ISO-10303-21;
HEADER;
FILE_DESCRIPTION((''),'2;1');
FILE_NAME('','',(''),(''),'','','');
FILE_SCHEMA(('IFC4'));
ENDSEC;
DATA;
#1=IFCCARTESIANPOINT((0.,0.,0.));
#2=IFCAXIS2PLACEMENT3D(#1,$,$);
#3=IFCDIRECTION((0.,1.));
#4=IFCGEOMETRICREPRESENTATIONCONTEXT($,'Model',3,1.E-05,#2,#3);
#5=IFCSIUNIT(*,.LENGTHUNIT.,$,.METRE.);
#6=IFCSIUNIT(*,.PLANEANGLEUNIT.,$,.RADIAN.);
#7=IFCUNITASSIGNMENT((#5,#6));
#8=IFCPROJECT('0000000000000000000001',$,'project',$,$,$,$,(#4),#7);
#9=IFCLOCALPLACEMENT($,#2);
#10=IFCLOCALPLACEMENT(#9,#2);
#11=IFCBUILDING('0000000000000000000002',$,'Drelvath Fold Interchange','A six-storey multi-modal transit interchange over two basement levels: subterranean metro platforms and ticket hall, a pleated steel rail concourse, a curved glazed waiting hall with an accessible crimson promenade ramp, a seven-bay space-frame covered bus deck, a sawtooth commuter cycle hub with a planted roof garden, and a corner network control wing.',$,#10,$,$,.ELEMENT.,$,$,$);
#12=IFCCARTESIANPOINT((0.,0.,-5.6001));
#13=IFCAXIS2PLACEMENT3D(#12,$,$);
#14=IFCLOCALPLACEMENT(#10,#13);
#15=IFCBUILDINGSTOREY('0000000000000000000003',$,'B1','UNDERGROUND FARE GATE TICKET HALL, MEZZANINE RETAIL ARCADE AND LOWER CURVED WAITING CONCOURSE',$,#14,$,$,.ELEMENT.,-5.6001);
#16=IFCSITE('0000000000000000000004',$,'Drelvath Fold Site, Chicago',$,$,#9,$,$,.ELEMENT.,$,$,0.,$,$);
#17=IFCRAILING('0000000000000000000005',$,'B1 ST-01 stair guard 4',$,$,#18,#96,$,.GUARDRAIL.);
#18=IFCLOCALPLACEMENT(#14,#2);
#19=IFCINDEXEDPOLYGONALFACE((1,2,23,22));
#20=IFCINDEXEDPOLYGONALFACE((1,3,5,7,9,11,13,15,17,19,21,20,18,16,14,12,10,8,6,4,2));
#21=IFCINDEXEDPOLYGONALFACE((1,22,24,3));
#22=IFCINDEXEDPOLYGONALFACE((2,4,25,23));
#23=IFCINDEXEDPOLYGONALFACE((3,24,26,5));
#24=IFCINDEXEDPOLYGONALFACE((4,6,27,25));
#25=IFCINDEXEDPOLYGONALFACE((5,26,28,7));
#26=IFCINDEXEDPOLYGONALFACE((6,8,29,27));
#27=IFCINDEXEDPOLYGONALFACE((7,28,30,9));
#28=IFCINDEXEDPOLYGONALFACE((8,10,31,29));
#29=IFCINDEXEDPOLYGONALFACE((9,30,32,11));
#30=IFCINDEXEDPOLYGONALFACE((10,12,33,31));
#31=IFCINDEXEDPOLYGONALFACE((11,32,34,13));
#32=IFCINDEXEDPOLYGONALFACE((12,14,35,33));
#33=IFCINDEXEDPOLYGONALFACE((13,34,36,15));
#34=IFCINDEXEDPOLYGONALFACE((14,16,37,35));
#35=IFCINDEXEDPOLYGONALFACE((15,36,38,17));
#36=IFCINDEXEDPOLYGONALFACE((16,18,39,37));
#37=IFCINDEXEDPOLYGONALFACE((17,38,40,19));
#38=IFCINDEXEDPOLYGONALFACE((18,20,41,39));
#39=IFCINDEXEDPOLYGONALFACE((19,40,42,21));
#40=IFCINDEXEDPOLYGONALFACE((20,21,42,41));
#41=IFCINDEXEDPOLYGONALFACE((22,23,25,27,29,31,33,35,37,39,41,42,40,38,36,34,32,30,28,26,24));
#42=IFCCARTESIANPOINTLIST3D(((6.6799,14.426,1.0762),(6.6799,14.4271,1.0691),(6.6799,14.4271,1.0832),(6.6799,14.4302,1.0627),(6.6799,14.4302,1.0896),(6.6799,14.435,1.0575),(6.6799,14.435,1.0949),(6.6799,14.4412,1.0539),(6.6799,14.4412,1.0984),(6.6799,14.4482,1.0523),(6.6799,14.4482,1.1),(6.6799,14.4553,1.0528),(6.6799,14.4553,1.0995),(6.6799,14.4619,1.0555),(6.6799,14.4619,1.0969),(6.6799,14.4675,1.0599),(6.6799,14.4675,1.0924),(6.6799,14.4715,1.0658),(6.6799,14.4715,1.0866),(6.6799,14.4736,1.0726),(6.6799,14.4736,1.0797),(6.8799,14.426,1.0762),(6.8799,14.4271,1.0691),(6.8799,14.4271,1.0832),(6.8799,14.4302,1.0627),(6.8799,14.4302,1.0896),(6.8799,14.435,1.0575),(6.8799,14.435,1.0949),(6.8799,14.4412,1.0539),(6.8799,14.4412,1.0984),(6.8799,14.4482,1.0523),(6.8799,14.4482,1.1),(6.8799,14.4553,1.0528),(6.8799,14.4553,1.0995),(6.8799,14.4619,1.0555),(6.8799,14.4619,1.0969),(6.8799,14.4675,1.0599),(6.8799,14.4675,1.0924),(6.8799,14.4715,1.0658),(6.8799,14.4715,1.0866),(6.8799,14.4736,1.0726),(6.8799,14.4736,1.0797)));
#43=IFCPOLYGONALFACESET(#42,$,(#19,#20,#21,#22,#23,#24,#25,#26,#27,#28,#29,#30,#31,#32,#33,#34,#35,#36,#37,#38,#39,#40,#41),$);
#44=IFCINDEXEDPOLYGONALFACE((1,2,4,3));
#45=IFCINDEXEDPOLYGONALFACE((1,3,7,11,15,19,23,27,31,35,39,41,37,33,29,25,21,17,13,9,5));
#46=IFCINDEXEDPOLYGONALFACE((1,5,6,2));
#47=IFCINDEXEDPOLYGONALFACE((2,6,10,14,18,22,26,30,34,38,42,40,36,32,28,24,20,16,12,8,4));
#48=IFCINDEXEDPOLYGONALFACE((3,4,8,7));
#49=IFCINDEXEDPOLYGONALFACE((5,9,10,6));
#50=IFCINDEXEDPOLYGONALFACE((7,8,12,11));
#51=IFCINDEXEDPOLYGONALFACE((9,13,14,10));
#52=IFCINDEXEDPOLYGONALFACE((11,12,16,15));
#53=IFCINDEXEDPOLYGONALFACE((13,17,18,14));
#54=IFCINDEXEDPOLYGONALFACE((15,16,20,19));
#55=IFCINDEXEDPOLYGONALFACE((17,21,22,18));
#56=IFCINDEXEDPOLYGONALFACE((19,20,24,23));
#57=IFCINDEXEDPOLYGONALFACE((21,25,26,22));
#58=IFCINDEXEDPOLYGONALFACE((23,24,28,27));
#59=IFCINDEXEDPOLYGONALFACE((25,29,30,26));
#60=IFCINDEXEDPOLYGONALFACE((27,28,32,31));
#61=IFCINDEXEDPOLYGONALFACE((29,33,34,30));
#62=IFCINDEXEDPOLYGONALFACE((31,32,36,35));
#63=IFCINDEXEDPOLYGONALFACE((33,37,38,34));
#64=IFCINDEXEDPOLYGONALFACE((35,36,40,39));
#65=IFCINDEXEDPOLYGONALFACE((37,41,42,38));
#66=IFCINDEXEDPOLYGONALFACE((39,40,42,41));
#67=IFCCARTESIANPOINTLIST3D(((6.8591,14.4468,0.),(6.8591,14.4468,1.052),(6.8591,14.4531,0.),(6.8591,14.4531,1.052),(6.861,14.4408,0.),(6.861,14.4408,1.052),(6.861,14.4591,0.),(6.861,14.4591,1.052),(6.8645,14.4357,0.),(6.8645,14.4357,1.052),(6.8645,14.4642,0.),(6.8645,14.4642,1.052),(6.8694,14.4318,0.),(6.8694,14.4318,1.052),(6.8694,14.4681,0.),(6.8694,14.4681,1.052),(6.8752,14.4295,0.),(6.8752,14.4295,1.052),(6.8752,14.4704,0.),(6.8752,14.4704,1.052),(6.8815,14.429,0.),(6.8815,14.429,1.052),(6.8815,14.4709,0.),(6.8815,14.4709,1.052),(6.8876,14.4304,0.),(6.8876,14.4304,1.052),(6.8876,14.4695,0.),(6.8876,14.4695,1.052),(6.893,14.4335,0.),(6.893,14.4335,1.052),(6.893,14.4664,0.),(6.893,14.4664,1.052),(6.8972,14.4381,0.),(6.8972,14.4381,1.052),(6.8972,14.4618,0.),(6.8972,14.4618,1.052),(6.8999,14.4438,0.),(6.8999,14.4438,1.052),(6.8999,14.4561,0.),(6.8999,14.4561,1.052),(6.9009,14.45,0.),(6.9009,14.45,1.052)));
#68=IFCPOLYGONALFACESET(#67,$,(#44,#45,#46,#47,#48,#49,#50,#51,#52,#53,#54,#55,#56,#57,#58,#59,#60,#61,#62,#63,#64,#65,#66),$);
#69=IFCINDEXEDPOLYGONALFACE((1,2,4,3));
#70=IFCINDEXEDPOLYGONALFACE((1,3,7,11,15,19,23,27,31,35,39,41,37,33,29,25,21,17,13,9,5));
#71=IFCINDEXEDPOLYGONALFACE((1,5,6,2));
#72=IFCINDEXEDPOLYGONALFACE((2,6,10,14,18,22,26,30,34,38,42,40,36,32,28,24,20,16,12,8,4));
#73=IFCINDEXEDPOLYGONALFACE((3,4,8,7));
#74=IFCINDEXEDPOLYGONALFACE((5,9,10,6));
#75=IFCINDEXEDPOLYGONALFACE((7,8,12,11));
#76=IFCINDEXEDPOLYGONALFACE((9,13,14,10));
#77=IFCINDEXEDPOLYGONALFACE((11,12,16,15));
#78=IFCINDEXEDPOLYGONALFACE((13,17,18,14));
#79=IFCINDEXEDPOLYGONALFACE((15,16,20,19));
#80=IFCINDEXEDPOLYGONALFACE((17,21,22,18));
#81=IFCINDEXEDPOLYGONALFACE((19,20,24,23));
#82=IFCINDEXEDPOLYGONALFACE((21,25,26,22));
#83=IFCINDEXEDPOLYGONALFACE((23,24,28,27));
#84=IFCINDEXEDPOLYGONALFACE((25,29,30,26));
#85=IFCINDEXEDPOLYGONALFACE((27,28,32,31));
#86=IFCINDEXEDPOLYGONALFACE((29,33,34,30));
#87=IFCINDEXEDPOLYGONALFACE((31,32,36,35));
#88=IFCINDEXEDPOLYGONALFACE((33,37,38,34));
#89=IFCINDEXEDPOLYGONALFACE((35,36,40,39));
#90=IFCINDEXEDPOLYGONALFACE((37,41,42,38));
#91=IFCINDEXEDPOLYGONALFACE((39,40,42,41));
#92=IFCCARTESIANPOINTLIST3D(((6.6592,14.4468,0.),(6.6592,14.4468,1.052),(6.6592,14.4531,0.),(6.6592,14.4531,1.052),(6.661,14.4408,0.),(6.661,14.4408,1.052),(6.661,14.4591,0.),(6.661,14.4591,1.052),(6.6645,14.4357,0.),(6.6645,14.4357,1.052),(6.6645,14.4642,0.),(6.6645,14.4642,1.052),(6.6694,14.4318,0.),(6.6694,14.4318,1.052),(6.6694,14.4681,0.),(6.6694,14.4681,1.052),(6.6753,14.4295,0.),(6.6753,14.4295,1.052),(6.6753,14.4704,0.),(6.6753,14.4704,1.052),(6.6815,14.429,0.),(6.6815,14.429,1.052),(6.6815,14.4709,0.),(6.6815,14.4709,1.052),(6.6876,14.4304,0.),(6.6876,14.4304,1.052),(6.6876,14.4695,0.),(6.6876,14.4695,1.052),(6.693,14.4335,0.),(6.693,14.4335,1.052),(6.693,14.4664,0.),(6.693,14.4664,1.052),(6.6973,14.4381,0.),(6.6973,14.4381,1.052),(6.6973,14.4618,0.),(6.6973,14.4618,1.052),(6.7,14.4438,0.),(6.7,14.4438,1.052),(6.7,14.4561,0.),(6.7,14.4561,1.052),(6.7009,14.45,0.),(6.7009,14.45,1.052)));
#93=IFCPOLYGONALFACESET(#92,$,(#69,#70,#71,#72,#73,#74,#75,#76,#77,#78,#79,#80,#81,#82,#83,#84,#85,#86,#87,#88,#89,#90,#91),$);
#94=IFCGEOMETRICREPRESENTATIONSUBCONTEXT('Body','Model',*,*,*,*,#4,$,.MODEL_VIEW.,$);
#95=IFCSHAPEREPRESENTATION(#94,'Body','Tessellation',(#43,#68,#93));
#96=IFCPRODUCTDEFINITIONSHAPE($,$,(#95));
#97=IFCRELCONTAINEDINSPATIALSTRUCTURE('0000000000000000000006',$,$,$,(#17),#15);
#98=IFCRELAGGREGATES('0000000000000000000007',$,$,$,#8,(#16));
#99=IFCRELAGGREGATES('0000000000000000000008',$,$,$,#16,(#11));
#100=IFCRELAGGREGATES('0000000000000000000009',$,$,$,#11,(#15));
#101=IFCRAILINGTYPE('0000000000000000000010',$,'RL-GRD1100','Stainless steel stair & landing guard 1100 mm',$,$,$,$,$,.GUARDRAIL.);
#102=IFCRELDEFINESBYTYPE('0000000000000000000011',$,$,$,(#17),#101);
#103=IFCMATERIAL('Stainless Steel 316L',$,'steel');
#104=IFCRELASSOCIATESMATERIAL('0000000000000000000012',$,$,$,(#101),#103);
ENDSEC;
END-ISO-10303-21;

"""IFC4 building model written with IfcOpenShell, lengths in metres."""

from ifc_helpers import new_model, si_unit, direction, frame, origin, origin_2d, place, context, subcontext, project, spatial, circle, extrude, material, type_object, element, save


model = new_model("IFC4")

# Units and contexts
model_context = context("Model", 3, precision=1e-05, world=origin(), true_north=direction((0.0, 1.0)))
body_context = subcontext(model_context, "Body", "Model", "MODEL_VIEW")
ifc_project = project(units=[si_unit("LENGTHUNIT", "METRE"), si_unit("PLANEANGLEUNIT", "RADIAN")], contexts=[model_context])

# Site, building, storey
site_placement = place(None, origin())
site = spatial("IfcSite", under=ifc_project, at=site_placement, Name="Drelvath Fold Site, Chicago", CompositionType="ELEMENT", RefElevation=0.0)
building_placement = place(site_placement, origin())
building = spatial("IfcBuilding", under=site, at=building_placement, Name="Drelvath Fold Interchange", Description="A six-storey multi-modal transit interchange over two basement levels: subterranean metro platforms and ticket hall, a pleated steel rail concourse, a curved glazed waiting hall with an accessible crimson promenade ramp, a seven-bay space-frame covered bus deck, a sawtooth commuter cycle hub with a planted roof garden, and a corner network control wing.", CompositionType="ELEMENT")
storey_placement = place(building_placement, frame((0.0, 0.0, -5.6001)))
storey = spatial("IfcBuildingStorey", under=building, at=storey_placement, Name="B1", Description="UNDERGROUND FARE GATE TICKET HALL, MEZZANINE RETAIL ARCADE AND LOWER CURVED WAITING CONCOURSE", CompositionType="ELEMENT", Elevation=-5.6001)

# Railing
ifc_material_1 = material(Name="Stainless Steel 316L", Category="steel")
railing_type_1 = type_object("IfcRailingType", Name="RL-GRD1100", Description="Stainless steel stair & landing guard 1100 mm", PredefinedType="GUARDRAIL", material=ifc_material_1)
railing_1_placement = place(storey_placement, frame((6.8799, 14.45, 0.0)))
element("IfcRailing", 1, at=railing_1_placement, inside=storey, type_object=railing_type_1, Name="B1 ST-01 stair guard 4", PredefinedType="GUARDRAIL", context=body_context, shape_type="SweptSolid", body=[
    extrude(circle(Radius=0.0239, at=origin_2d()), frame((0.0, 0.0, 1.0762), z_axis=(-1.0, 0.0, 0.0), x_axis=(0.0, -1.0, 0.0)), (0.0, 0.0, 1.0), 0.2),
    extrude(circle(Radius=0.021, at=origin_2d()), origin(), (0.0, 0.0, 1.0), 1.052),
    extrude(circle(Radius=0.021, at=origin_2d()), frame((-0.2, 0.0, 0.0)), (0.0, 0.0, 1.0), 1.052),
])

save(model, "model.ifc")
